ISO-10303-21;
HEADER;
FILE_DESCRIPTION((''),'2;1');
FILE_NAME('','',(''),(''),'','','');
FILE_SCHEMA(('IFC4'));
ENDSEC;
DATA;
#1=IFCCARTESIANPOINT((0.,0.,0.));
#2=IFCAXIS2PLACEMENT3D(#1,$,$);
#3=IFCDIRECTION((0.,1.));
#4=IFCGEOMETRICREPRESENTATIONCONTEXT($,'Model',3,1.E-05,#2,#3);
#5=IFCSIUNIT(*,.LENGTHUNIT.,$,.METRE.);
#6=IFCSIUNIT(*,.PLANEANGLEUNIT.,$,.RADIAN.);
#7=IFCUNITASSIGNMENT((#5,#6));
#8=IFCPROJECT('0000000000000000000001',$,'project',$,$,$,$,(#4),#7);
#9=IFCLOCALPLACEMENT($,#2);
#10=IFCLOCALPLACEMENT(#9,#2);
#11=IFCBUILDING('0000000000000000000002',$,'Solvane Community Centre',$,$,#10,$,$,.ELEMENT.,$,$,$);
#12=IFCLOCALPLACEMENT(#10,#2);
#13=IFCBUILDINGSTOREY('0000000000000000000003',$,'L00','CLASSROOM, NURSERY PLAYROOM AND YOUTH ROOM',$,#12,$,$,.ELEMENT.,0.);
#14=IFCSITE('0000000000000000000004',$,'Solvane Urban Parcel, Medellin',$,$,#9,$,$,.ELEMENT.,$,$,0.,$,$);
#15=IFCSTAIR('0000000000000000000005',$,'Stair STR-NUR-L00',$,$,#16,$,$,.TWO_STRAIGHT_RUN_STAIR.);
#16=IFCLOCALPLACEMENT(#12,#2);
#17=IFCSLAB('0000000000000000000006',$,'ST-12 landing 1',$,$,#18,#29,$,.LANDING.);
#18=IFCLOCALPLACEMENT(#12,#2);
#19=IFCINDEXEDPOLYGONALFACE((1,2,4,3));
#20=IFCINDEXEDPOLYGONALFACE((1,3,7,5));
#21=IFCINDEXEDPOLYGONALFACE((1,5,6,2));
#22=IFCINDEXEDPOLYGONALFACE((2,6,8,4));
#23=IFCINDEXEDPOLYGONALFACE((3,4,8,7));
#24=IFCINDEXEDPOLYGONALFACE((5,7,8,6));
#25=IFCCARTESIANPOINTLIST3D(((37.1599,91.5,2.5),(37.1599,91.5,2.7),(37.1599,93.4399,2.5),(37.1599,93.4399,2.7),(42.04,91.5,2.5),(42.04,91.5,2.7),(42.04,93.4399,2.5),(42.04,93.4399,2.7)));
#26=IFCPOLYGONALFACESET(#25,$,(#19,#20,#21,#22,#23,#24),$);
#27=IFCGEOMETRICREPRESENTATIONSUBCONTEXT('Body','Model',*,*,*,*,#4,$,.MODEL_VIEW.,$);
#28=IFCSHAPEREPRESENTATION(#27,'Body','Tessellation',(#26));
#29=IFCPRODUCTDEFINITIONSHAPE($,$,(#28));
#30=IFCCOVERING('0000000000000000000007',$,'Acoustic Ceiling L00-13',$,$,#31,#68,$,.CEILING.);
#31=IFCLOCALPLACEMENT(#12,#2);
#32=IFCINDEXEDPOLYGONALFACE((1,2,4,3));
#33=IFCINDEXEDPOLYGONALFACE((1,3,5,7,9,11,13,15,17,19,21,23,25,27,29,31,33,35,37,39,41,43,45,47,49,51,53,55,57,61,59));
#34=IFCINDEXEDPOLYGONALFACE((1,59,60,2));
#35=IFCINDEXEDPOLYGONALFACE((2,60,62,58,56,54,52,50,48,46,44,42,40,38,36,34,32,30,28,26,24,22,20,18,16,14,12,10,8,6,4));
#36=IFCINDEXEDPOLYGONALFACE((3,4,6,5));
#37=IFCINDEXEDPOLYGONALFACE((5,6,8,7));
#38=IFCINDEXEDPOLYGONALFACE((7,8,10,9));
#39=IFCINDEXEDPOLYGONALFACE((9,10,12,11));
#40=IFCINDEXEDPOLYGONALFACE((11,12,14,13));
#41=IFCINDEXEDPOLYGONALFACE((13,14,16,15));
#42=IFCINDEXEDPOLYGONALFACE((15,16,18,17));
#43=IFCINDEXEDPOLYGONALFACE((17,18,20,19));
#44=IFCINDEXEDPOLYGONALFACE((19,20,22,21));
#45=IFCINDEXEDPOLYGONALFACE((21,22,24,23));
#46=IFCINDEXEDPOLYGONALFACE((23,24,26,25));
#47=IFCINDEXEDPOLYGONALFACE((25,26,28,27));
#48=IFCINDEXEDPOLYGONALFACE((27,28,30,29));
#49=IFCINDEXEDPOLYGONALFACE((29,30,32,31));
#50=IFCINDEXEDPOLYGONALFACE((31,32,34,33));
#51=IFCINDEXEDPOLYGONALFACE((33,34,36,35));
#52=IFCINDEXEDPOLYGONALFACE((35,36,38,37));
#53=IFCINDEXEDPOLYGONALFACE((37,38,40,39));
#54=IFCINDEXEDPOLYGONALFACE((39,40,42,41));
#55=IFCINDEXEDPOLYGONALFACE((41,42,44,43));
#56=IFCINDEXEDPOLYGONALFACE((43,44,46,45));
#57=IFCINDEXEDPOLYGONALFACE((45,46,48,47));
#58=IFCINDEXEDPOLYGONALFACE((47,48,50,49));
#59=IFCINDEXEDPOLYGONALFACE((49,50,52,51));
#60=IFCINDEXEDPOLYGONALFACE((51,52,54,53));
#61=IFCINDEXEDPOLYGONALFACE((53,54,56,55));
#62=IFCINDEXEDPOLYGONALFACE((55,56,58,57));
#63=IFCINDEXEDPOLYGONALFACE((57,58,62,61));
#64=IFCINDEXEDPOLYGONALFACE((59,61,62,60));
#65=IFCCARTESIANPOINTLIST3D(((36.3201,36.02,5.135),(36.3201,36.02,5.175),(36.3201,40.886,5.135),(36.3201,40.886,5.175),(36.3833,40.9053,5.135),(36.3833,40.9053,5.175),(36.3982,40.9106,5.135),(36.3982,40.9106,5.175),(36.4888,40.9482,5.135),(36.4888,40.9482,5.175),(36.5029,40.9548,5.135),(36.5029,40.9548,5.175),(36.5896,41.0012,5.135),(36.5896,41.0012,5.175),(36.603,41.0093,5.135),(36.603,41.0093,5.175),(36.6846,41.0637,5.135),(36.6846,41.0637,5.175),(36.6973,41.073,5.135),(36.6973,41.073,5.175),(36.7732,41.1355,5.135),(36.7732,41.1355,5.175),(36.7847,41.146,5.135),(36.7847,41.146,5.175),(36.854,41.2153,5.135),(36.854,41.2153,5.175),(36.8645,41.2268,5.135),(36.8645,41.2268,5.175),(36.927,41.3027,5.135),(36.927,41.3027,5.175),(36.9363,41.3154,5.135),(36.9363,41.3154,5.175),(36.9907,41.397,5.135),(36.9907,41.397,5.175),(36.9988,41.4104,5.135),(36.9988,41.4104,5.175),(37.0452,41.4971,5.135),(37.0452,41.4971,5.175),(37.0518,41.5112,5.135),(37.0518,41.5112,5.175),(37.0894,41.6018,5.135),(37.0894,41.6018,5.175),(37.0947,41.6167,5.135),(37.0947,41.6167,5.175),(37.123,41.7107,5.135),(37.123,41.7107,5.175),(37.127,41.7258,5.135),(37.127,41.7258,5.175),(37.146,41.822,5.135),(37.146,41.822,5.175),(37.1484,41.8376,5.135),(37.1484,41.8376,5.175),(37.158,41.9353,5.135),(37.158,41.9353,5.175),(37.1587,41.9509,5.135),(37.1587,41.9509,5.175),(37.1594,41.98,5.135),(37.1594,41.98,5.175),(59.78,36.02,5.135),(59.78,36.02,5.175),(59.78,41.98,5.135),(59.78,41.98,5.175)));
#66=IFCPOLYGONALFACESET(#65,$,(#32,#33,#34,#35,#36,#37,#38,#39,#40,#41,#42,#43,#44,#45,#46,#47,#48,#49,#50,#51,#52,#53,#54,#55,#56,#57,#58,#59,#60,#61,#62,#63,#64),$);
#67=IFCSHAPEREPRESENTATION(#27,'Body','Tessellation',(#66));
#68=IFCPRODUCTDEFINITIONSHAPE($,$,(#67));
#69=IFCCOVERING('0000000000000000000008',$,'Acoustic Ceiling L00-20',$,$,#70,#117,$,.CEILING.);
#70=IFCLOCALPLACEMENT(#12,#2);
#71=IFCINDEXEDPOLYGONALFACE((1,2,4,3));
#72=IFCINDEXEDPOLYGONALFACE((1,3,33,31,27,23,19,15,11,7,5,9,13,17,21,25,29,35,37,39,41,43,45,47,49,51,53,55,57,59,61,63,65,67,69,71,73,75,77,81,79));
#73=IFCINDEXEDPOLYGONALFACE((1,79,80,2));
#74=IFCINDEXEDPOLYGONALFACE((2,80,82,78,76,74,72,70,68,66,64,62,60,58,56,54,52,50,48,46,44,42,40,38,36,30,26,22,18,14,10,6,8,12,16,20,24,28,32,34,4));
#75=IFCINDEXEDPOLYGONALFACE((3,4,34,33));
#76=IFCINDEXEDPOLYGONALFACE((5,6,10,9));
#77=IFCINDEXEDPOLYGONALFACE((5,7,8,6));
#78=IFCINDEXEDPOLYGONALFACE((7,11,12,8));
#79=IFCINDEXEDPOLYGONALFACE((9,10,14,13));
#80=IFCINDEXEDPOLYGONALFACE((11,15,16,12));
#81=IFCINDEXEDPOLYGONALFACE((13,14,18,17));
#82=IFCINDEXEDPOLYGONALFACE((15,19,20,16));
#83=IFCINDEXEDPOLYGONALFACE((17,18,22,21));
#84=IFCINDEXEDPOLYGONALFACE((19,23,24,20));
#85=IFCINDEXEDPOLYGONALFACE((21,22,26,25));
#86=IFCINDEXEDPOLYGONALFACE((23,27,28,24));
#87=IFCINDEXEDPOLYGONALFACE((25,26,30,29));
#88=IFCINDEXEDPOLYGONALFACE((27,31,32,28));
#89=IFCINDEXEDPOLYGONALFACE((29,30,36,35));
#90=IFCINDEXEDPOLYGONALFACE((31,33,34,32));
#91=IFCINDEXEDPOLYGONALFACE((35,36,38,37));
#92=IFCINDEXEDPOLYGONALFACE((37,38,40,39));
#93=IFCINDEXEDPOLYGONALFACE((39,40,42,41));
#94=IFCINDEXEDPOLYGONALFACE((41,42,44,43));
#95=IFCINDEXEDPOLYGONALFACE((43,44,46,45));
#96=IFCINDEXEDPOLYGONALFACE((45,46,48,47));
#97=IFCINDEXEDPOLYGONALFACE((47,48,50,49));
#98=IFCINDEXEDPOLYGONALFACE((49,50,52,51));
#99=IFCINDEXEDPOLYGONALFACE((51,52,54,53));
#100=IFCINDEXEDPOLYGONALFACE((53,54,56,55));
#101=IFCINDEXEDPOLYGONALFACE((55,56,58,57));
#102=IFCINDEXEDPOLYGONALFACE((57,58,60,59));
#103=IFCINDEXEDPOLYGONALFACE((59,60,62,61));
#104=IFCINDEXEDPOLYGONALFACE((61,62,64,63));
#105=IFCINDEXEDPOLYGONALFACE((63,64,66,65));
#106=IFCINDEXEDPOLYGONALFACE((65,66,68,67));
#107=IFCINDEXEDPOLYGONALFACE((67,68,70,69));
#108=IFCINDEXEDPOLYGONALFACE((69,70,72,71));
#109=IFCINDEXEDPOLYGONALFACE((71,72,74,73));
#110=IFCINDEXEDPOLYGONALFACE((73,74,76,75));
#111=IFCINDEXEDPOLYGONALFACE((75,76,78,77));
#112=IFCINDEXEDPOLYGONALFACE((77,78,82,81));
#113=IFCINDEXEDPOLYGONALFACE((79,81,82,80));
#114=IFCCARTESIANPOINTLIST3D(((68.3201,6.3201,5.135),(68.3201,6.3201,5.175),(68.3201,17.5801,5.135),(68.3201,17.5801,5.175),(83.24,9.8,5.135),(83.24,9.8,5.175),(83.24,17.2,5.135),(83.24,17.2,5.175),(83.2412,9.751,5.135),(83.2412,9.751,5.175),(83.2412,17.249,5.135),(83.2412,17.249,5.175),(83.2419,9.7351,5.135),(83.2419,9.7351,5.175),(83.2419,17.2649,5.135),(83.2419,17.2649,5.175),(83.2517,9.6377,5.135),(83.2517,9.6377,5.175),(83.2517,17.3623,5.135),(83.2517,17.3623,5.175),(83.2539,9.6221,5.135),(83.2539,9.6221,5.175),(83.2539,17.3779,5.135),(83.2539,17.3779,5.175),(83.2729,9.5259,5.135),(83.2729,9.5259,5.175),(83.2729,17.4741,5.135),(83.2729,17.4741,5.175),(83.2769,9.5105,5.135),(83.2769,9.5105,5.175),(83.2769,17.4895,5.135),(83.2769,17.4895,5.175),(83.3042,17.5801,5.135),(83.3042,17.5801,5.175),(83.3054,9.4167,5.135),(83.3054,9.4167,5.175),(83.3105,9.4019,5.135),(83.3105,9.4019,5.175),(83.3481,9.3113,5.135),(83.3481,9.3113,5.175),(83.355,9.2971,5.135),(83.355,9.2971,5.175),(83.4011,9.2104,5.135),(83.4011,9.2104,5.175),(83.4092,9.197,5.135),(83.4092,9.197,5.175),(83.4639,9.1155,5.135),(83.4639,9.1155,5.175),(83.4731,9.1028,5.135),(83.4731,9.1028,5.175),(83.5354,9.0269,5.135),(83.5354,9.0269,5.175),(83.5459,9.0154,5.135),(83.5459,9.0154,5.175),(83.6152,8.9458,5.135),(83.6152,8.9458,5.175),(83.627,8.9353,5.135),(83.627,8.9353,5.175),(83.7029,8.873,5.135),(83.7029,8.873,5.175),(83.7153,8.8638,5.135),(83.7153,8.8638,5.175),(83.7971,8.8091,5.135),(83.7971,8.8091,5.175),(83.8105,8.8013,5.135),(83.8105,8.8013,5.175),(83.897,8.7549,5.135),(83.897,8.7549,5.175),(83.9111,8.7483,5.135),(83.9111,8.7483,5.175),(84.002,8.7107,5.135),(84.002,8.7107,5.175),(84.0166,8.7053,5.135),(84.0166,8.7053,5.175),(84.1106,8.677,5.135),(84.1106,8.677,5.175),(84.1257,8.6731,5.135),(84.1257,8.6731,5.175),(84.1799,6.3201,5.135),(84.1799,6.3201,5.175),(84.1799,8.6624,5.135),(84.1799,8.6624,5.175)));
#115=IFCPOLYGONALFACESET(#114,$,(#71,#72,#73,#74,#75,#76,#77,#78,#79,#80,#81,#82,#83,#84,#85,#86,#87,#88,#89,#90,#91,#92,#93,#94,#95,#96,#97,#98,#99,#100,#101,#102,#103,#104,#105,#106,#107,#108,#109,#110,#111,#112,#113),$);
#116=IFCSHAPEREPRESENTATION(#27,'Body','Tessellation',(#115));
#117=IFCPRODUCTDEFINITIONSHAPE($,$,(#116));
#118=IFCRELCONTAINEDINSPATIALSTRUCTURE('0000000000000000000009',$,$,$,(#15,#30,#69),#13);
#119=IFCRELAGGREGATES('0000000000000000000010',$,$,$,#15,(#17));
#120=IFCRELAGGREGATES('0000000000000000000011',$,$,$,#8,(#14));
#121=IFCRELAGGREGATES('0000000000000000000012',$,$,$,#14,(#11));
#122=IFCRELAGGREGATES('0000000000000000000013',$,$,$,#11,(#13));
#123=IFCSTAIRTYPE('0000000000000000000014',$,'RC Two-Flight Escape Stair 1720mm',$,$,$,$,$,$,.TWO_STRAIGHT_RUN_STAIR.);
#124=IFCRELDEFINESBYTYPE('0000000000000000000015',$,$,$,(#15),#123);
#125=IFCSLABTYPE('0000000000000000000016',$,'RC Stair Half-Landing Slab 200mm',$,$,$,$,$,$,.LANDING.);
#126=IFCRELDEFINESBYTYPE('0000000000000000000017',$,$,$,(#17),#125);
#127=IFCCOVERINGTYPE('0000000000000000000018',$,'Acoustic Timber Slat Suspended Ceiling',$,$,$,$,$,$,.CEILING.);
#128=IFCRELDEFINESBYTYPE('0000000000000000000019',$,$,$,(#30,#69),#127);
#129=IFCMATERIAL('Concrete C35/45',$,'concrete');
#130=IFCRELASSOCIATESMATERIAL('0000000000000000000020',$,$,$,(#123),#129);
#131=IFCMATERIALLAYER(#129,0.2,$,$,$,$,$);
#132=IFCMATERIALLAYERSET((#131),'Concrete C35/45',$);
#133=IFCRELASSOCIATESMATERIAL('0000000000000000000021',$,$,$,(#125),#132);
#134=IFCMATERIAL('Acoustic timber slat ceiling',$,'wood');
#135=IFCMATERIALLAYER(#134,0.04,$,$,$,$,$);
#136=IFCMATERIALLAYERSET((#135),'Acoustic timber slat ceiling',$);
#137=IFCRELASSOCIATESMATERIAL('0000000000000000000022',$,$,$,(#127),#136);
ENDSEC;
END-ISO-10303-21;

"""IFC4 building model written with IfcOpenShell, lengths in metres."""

from ifc_helpers import new_model, si_unit, direction, frame, origin, place, context, subcontext, project, spatial, polyline, outline, extrude, material, layer, layer_set, type_object, element, aggregate, save


model = new_model("IFC4")

# Units and contexts
model_context = context("Model", 3, precision=1e-05, world=origin(), true_north=direction((0.0, 1.0)))
body_context = subcontext(model_context, "Body", "Model", "MODEL_VIEW")
ifc_project = project(units=[si_unit("LENGTHUNIT", "METRE"), si_unit("PLANEANGLEUNIT", "RADIAN")], contexts=[model_context])

# Site, building, storey
site_placement = place(None, origin())
site = spatial("IfcSite", under=ifc_project, at=site_placement, Name="Solvane Urban Parcel, Medellin", CompositionType="ELEMENT", RefElevation=0.0)
building_placement = place(site_placement, origin())
building = spatial("IfcBuilding", under=site, at=building_placement, Name="Solvane Community Centre", CompositionType="ELEMENT")
storey_placement = place(building_placement, origin())
storey = spatial("IfcBuildingStorey", under=building, at=storey_placement, Name="L00", Description="CLASSROOM, NURSERY PLAYROOM AND YOUTH ROOM", CompositionType="ELEMENT", Elevation=0.0)

# Stair, slab
ifc_material_1 = material(Name="Concrete C35/45", Category="concrete")
stair_type_1 = type_object("IfcStairType", Name="RC Two-Flight Escape Stair 1720mm", PredefinedType="TWO_STRAIGHT_RUN_STAIR", material=ifc_material_1)
ifc_layer_1 = layer(ifc_material_1, 0.2)
ifc_layer_set_1 = layer_set([ifc_layer_1], Name="Concrete C35/45")
slab_type = type_object("IfcSlabType", Name="RC Stair Half-Landing Slab 200mm", PredefinedType="LANDING", material=ifc_layer_set_1)
stair_1_placement = place(storey_placement, origin())
stair_1 = element("IfcStair", 1, at=stair_1_placement, inside=storey, type_object=stair_type_1, Name="Stair STR-NUR-L00", PredefinedType="TWO_STRAIGHT_RUN_STAIR")
slab_1_placement = place(storey_placement, frame((0.0, 0.0, 2.5)))
slab_1 = element("IfcSlab", 2, at=slab_1_placement, type_object=slab_type, Name="ST-12 landing 1", PredefinedType="LANDING", context=body_context, shape_type="SweptSolid", body=[
    extrude(outline(polyline([(37.1599, 91.5), (42.04, 91.5), (42.04, 93.4399), (37.1599, 93.4399), (37.1599, 91.5)])), origin(), (0.0, 0.0, 1.0), 0.2),
])
aggregate(stair_1, [slab_1])

# Coverings
ifc_material_2 = material(Name="Acoustic timber slat ceiling", Category="wood")
ifc_layer_2 = layer(ifc_material_2, 0.04)
ifc_layer_set_2 = layer_set([ifc_layer_2], Name="Acoustic timber slat ceiling")
covering_type = type_object("IfcCoveringType", Name="Acoustic Timber Slat Suspended Ceiling", PredefinedType="CEILING", material=ifc_layer_set_2)
covering_1_placement = place(storey_placement, frame((0.0, 0.0, 5.135)))
element("IfcCovering", 3, at=covering_1_placement, inside=storey, type_object=covering_type, Name="Acoustic Ceiling L00-13", PredefinedType="CEILING", context=body_context, shape_type="SweptSolid", body=[
    extrude(outline(polyline([(59.78, 41.98), (59.78, 36.02), (36.3201, 36.02), (36.3201, 40.886), (36.3833, 40.9053), (36.3982, 40.9106), (36.4888, 40.9482), (36.5029, 40.9548), (36.5896, 41.0012), (36.603, 41.0093), (36.6846, 41.0637), (36.6973, 41.073), (36.7732, 41.1355), (36.7847, 41.146), (36.854, 41.2153), (36.8645, 41.2268), (36.927, 41.3027), (36.9363, 41.3154), (36.9907, 41.397), (36.9988, 41.4104), (37.0452, 41.4971), (37.0518, 41.5112), (37.0894, 41.6018), (37.0947, 41.6167), (37.123, 41.7107), (37.127, 41.7258), (37.146, 41.822), (37.1484, 41.8376), (37.158, 41.9353), (37.1587, 41.9509), (37.1594, 41.98), (59.78, 41.98)])), origin(), (0.0, 0.0, 1.0), 0.04),
])
covering_2_placement = place(storey_placement, frame((0.0, 0.0, 5.135)))
element("IfcCovering", 4, at=covering_2_placement, inside=storey, type_object=covering_type, Name="Acoustic Ceiling L00-20", PredefinedType="CEILING", context=body_context, shape_type="SweptSolid", body=[
    extrude(outline(polyline([(84.1799, 6.3201), (68.3201, 6.3201), (68.3201, 17.5801), (83.3042, 17.5801), (83.2769, 17.4895), (83.2729, 17.4741), (83.2539, 17.3779), (83.2517, 17.3623), (83.2419, 17.2649), (83.2412, 17.249), (83.24, 17.2), (83.24, 9.8), (83.2412, 9.751), (83.2419, 9.7351), (83.2517, 9.6377), (83.2539, 9.6221), (83.2729, 9.5259), (83.2769, 9.5105), (83.3054, 9.4167), (83.3105, 9.4019), (83.3481, 9.3113), (83.355, 9.2971), (83.4011, 9.2104), (83.4092, 9.197), (83.4639, 9.1155), (83.4731, 9.1028), (83.5354, 9.0269), (83.5459, 9.0154), (83.6152, 8.9458), (83.627, 8.9353), (83.7029, 8.873), (83.7153, 8.8638), (83.7971, 8.8091), (83.8105, 8.8013), (83.897, 8.7549), (83.9111, 8.7483), (84.002, 8.7107), (84.0166, 8.7053), (84.1106, 8.677), (84.1257, 8.6731), (84.1799, 8.6624), (84.1799, 6.3201)])), origin(), (0.0, 0.0, 1.0), 0.04),
])

save(model, "model.ifc")
